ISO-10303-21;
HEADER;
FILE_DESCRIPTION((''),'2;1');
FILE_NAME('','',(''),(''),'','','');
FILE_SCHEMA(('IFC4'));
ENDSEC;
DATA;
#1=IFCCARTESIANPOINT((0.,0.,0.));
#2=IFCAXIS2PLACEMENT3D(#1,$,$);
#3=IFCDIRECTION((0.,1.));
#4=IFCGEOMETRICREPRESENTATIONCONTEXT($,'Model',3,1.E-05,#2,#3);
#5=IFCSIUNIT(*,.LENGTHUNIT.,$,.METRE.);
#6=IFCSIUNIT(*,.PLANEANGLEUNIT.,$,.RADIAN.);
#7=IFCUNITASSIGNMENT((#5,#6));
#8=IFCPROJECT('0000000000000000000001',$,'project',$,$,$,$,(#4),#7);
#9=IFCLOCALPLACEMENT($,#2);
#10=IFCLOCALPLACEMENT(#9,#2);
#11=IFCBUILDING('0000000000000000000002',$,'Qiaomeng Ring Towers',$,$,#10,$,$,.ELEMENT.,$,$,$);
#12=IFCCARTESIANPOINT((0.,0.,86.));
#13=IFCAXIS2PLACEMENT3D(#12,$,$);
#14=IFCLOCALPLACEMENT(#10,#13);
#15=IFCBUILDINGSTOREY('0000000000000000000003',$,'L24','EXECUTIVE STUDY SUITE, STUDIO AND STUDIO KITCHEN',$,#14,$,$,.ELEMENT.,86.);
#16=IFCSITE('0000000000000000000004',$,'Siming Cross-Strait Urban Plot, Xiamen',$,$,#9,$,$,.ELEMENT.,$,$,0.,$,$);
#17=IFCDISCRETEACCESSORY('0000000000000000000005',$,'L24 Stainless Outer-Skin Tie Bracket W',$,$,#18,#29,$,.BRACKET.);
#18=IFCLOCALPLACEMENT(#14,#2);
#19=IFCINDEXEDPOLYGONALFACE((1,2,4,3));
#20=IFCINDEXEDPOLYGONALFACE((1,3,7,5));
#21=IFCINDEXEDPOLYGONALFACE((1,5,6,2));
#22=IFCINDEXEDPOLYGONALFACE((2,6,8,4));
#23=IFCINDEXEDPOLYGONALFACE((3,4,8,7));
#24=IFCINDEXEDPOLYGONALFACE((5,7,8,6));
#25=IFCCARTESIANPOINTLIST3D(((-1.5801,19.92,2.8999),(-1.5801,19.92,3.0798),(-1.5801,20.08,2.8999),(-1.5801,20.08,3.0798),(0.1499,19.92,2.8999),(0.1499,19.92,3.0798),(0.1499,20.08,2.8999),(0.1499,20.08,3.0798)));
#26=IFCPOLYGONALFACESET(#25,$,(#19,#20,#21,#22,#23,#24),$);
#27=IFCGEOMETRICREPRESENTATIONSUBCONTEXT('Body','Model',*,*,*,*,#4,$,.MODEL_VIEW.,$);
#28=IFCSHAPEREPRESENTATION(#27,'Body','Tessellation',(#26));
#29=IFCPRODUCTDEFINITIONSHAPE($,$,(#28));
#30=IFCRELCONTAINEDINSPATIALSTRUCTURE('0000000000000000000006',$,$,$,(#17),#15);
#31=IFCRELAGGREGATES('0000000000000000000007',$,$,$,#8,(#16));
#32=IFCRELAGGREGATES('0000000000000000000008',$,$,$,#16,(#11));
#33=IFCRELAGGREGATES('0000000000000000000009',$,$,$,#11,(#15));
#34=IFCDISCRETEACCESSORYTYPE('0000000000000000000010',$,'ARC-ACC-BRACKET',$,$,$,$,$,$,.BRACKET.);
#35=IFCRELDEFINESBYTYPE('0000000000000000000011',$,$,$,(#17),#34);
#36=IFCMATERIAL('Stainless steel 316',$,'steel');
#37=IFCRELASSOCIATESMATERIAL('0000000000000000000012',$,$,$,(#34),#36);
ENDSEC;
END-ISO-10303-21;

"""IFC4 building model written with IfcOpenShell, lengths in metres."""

from ifc_helpers import new_model, si_unit, direction, frame, origin, origin_2d, place, context, subcontext, project, spatial, rectangle, extrude, source, transform, mapped, material, type_object, element, save


model = new_model("IFC4")

# Units and contexts
model_context = context("Model", 3, precision=1e-05, world=origin(), true_north=direction((0.0, 1.0)))
body_context = subcontext(model_context, "Body", "Model", "MODEL_VIEW")
ifc_project = project(units=[si_unit("LENGTHUNIT", "METRE"), si_unit("PLANEANGLEUNIT", "RADIAN")], contexts=[model_context])

# Site, building, storey
site_placement = place(None, origin())
site = spatial("IfcSite", under=ifc_project, at=site_placement, Name="Siming Cross-Strait Urban Plot, Xiamen", CompositionType="ELEMENT", RefElevation=0.0)
building_placement = place(site_placement, origin())
building = spatial("IfcBuilding", under=site, at=building_placement, Name="Qiaomeng Ring Towers", CompositionType="ELEMENT")
storey_placement = place(building_placement, frame((0.0, 0.0, 86.0)))
storey = spatial("IfcBuildingStorey", under=building, at=storey_placement, Name="L24", Description="EXECUTIVE STUDY SUITE, STUDIO AND STUDIO KITCHEN", CompositionType="ELEMENT", Elevation=86.0)

# Shared definitions
ifc_material_1 = material(Name="Stainless steel 316", Category="steel")

# Discrete accessory
discrete_accessory_type = type_object("IfcDiscreteAccessoryType", Name="ARC-ACC-BRACKET", PredefinedType="BRACKET", material=ifc_material_1)
shared_shape_1 = source(origin(), body_context, "Body", "SweptSolid", [
    extrude(rectangle(XDim=1.73, YDim=0.1599, at=origin_2d()), origin(), (0.0, 0.0, 1.0), 0.1799),
])
discrete_accessory_placement = place(storey_placement, frame((-0.7151, 20.0, 2.8999), z_axis=(0.0, 0.0, 1.0), x_axis=(1.0, 0.0, 0.0)))
element("IfcDiscreteAccessory", 1, at=discrete_accessory_placement, inside=storey, type_object=discrete_accessory_type, Name="L24 Stainless Outer-Skin Tie Bracket W", PredefinedType="BRACKET", context=body_context, shape_type="MappedRepresentation", body=[
    mapped(shared_shape_1, transform((0.0, 0.0, 0.0), x_axis=(1.0, 0.0, 0.0), y_axis=(0.0, 1.0, 0.0), z_axis=(0.0, 0.0, 1.0), scale=1.0)),
])

save(model, "model.ifc")
